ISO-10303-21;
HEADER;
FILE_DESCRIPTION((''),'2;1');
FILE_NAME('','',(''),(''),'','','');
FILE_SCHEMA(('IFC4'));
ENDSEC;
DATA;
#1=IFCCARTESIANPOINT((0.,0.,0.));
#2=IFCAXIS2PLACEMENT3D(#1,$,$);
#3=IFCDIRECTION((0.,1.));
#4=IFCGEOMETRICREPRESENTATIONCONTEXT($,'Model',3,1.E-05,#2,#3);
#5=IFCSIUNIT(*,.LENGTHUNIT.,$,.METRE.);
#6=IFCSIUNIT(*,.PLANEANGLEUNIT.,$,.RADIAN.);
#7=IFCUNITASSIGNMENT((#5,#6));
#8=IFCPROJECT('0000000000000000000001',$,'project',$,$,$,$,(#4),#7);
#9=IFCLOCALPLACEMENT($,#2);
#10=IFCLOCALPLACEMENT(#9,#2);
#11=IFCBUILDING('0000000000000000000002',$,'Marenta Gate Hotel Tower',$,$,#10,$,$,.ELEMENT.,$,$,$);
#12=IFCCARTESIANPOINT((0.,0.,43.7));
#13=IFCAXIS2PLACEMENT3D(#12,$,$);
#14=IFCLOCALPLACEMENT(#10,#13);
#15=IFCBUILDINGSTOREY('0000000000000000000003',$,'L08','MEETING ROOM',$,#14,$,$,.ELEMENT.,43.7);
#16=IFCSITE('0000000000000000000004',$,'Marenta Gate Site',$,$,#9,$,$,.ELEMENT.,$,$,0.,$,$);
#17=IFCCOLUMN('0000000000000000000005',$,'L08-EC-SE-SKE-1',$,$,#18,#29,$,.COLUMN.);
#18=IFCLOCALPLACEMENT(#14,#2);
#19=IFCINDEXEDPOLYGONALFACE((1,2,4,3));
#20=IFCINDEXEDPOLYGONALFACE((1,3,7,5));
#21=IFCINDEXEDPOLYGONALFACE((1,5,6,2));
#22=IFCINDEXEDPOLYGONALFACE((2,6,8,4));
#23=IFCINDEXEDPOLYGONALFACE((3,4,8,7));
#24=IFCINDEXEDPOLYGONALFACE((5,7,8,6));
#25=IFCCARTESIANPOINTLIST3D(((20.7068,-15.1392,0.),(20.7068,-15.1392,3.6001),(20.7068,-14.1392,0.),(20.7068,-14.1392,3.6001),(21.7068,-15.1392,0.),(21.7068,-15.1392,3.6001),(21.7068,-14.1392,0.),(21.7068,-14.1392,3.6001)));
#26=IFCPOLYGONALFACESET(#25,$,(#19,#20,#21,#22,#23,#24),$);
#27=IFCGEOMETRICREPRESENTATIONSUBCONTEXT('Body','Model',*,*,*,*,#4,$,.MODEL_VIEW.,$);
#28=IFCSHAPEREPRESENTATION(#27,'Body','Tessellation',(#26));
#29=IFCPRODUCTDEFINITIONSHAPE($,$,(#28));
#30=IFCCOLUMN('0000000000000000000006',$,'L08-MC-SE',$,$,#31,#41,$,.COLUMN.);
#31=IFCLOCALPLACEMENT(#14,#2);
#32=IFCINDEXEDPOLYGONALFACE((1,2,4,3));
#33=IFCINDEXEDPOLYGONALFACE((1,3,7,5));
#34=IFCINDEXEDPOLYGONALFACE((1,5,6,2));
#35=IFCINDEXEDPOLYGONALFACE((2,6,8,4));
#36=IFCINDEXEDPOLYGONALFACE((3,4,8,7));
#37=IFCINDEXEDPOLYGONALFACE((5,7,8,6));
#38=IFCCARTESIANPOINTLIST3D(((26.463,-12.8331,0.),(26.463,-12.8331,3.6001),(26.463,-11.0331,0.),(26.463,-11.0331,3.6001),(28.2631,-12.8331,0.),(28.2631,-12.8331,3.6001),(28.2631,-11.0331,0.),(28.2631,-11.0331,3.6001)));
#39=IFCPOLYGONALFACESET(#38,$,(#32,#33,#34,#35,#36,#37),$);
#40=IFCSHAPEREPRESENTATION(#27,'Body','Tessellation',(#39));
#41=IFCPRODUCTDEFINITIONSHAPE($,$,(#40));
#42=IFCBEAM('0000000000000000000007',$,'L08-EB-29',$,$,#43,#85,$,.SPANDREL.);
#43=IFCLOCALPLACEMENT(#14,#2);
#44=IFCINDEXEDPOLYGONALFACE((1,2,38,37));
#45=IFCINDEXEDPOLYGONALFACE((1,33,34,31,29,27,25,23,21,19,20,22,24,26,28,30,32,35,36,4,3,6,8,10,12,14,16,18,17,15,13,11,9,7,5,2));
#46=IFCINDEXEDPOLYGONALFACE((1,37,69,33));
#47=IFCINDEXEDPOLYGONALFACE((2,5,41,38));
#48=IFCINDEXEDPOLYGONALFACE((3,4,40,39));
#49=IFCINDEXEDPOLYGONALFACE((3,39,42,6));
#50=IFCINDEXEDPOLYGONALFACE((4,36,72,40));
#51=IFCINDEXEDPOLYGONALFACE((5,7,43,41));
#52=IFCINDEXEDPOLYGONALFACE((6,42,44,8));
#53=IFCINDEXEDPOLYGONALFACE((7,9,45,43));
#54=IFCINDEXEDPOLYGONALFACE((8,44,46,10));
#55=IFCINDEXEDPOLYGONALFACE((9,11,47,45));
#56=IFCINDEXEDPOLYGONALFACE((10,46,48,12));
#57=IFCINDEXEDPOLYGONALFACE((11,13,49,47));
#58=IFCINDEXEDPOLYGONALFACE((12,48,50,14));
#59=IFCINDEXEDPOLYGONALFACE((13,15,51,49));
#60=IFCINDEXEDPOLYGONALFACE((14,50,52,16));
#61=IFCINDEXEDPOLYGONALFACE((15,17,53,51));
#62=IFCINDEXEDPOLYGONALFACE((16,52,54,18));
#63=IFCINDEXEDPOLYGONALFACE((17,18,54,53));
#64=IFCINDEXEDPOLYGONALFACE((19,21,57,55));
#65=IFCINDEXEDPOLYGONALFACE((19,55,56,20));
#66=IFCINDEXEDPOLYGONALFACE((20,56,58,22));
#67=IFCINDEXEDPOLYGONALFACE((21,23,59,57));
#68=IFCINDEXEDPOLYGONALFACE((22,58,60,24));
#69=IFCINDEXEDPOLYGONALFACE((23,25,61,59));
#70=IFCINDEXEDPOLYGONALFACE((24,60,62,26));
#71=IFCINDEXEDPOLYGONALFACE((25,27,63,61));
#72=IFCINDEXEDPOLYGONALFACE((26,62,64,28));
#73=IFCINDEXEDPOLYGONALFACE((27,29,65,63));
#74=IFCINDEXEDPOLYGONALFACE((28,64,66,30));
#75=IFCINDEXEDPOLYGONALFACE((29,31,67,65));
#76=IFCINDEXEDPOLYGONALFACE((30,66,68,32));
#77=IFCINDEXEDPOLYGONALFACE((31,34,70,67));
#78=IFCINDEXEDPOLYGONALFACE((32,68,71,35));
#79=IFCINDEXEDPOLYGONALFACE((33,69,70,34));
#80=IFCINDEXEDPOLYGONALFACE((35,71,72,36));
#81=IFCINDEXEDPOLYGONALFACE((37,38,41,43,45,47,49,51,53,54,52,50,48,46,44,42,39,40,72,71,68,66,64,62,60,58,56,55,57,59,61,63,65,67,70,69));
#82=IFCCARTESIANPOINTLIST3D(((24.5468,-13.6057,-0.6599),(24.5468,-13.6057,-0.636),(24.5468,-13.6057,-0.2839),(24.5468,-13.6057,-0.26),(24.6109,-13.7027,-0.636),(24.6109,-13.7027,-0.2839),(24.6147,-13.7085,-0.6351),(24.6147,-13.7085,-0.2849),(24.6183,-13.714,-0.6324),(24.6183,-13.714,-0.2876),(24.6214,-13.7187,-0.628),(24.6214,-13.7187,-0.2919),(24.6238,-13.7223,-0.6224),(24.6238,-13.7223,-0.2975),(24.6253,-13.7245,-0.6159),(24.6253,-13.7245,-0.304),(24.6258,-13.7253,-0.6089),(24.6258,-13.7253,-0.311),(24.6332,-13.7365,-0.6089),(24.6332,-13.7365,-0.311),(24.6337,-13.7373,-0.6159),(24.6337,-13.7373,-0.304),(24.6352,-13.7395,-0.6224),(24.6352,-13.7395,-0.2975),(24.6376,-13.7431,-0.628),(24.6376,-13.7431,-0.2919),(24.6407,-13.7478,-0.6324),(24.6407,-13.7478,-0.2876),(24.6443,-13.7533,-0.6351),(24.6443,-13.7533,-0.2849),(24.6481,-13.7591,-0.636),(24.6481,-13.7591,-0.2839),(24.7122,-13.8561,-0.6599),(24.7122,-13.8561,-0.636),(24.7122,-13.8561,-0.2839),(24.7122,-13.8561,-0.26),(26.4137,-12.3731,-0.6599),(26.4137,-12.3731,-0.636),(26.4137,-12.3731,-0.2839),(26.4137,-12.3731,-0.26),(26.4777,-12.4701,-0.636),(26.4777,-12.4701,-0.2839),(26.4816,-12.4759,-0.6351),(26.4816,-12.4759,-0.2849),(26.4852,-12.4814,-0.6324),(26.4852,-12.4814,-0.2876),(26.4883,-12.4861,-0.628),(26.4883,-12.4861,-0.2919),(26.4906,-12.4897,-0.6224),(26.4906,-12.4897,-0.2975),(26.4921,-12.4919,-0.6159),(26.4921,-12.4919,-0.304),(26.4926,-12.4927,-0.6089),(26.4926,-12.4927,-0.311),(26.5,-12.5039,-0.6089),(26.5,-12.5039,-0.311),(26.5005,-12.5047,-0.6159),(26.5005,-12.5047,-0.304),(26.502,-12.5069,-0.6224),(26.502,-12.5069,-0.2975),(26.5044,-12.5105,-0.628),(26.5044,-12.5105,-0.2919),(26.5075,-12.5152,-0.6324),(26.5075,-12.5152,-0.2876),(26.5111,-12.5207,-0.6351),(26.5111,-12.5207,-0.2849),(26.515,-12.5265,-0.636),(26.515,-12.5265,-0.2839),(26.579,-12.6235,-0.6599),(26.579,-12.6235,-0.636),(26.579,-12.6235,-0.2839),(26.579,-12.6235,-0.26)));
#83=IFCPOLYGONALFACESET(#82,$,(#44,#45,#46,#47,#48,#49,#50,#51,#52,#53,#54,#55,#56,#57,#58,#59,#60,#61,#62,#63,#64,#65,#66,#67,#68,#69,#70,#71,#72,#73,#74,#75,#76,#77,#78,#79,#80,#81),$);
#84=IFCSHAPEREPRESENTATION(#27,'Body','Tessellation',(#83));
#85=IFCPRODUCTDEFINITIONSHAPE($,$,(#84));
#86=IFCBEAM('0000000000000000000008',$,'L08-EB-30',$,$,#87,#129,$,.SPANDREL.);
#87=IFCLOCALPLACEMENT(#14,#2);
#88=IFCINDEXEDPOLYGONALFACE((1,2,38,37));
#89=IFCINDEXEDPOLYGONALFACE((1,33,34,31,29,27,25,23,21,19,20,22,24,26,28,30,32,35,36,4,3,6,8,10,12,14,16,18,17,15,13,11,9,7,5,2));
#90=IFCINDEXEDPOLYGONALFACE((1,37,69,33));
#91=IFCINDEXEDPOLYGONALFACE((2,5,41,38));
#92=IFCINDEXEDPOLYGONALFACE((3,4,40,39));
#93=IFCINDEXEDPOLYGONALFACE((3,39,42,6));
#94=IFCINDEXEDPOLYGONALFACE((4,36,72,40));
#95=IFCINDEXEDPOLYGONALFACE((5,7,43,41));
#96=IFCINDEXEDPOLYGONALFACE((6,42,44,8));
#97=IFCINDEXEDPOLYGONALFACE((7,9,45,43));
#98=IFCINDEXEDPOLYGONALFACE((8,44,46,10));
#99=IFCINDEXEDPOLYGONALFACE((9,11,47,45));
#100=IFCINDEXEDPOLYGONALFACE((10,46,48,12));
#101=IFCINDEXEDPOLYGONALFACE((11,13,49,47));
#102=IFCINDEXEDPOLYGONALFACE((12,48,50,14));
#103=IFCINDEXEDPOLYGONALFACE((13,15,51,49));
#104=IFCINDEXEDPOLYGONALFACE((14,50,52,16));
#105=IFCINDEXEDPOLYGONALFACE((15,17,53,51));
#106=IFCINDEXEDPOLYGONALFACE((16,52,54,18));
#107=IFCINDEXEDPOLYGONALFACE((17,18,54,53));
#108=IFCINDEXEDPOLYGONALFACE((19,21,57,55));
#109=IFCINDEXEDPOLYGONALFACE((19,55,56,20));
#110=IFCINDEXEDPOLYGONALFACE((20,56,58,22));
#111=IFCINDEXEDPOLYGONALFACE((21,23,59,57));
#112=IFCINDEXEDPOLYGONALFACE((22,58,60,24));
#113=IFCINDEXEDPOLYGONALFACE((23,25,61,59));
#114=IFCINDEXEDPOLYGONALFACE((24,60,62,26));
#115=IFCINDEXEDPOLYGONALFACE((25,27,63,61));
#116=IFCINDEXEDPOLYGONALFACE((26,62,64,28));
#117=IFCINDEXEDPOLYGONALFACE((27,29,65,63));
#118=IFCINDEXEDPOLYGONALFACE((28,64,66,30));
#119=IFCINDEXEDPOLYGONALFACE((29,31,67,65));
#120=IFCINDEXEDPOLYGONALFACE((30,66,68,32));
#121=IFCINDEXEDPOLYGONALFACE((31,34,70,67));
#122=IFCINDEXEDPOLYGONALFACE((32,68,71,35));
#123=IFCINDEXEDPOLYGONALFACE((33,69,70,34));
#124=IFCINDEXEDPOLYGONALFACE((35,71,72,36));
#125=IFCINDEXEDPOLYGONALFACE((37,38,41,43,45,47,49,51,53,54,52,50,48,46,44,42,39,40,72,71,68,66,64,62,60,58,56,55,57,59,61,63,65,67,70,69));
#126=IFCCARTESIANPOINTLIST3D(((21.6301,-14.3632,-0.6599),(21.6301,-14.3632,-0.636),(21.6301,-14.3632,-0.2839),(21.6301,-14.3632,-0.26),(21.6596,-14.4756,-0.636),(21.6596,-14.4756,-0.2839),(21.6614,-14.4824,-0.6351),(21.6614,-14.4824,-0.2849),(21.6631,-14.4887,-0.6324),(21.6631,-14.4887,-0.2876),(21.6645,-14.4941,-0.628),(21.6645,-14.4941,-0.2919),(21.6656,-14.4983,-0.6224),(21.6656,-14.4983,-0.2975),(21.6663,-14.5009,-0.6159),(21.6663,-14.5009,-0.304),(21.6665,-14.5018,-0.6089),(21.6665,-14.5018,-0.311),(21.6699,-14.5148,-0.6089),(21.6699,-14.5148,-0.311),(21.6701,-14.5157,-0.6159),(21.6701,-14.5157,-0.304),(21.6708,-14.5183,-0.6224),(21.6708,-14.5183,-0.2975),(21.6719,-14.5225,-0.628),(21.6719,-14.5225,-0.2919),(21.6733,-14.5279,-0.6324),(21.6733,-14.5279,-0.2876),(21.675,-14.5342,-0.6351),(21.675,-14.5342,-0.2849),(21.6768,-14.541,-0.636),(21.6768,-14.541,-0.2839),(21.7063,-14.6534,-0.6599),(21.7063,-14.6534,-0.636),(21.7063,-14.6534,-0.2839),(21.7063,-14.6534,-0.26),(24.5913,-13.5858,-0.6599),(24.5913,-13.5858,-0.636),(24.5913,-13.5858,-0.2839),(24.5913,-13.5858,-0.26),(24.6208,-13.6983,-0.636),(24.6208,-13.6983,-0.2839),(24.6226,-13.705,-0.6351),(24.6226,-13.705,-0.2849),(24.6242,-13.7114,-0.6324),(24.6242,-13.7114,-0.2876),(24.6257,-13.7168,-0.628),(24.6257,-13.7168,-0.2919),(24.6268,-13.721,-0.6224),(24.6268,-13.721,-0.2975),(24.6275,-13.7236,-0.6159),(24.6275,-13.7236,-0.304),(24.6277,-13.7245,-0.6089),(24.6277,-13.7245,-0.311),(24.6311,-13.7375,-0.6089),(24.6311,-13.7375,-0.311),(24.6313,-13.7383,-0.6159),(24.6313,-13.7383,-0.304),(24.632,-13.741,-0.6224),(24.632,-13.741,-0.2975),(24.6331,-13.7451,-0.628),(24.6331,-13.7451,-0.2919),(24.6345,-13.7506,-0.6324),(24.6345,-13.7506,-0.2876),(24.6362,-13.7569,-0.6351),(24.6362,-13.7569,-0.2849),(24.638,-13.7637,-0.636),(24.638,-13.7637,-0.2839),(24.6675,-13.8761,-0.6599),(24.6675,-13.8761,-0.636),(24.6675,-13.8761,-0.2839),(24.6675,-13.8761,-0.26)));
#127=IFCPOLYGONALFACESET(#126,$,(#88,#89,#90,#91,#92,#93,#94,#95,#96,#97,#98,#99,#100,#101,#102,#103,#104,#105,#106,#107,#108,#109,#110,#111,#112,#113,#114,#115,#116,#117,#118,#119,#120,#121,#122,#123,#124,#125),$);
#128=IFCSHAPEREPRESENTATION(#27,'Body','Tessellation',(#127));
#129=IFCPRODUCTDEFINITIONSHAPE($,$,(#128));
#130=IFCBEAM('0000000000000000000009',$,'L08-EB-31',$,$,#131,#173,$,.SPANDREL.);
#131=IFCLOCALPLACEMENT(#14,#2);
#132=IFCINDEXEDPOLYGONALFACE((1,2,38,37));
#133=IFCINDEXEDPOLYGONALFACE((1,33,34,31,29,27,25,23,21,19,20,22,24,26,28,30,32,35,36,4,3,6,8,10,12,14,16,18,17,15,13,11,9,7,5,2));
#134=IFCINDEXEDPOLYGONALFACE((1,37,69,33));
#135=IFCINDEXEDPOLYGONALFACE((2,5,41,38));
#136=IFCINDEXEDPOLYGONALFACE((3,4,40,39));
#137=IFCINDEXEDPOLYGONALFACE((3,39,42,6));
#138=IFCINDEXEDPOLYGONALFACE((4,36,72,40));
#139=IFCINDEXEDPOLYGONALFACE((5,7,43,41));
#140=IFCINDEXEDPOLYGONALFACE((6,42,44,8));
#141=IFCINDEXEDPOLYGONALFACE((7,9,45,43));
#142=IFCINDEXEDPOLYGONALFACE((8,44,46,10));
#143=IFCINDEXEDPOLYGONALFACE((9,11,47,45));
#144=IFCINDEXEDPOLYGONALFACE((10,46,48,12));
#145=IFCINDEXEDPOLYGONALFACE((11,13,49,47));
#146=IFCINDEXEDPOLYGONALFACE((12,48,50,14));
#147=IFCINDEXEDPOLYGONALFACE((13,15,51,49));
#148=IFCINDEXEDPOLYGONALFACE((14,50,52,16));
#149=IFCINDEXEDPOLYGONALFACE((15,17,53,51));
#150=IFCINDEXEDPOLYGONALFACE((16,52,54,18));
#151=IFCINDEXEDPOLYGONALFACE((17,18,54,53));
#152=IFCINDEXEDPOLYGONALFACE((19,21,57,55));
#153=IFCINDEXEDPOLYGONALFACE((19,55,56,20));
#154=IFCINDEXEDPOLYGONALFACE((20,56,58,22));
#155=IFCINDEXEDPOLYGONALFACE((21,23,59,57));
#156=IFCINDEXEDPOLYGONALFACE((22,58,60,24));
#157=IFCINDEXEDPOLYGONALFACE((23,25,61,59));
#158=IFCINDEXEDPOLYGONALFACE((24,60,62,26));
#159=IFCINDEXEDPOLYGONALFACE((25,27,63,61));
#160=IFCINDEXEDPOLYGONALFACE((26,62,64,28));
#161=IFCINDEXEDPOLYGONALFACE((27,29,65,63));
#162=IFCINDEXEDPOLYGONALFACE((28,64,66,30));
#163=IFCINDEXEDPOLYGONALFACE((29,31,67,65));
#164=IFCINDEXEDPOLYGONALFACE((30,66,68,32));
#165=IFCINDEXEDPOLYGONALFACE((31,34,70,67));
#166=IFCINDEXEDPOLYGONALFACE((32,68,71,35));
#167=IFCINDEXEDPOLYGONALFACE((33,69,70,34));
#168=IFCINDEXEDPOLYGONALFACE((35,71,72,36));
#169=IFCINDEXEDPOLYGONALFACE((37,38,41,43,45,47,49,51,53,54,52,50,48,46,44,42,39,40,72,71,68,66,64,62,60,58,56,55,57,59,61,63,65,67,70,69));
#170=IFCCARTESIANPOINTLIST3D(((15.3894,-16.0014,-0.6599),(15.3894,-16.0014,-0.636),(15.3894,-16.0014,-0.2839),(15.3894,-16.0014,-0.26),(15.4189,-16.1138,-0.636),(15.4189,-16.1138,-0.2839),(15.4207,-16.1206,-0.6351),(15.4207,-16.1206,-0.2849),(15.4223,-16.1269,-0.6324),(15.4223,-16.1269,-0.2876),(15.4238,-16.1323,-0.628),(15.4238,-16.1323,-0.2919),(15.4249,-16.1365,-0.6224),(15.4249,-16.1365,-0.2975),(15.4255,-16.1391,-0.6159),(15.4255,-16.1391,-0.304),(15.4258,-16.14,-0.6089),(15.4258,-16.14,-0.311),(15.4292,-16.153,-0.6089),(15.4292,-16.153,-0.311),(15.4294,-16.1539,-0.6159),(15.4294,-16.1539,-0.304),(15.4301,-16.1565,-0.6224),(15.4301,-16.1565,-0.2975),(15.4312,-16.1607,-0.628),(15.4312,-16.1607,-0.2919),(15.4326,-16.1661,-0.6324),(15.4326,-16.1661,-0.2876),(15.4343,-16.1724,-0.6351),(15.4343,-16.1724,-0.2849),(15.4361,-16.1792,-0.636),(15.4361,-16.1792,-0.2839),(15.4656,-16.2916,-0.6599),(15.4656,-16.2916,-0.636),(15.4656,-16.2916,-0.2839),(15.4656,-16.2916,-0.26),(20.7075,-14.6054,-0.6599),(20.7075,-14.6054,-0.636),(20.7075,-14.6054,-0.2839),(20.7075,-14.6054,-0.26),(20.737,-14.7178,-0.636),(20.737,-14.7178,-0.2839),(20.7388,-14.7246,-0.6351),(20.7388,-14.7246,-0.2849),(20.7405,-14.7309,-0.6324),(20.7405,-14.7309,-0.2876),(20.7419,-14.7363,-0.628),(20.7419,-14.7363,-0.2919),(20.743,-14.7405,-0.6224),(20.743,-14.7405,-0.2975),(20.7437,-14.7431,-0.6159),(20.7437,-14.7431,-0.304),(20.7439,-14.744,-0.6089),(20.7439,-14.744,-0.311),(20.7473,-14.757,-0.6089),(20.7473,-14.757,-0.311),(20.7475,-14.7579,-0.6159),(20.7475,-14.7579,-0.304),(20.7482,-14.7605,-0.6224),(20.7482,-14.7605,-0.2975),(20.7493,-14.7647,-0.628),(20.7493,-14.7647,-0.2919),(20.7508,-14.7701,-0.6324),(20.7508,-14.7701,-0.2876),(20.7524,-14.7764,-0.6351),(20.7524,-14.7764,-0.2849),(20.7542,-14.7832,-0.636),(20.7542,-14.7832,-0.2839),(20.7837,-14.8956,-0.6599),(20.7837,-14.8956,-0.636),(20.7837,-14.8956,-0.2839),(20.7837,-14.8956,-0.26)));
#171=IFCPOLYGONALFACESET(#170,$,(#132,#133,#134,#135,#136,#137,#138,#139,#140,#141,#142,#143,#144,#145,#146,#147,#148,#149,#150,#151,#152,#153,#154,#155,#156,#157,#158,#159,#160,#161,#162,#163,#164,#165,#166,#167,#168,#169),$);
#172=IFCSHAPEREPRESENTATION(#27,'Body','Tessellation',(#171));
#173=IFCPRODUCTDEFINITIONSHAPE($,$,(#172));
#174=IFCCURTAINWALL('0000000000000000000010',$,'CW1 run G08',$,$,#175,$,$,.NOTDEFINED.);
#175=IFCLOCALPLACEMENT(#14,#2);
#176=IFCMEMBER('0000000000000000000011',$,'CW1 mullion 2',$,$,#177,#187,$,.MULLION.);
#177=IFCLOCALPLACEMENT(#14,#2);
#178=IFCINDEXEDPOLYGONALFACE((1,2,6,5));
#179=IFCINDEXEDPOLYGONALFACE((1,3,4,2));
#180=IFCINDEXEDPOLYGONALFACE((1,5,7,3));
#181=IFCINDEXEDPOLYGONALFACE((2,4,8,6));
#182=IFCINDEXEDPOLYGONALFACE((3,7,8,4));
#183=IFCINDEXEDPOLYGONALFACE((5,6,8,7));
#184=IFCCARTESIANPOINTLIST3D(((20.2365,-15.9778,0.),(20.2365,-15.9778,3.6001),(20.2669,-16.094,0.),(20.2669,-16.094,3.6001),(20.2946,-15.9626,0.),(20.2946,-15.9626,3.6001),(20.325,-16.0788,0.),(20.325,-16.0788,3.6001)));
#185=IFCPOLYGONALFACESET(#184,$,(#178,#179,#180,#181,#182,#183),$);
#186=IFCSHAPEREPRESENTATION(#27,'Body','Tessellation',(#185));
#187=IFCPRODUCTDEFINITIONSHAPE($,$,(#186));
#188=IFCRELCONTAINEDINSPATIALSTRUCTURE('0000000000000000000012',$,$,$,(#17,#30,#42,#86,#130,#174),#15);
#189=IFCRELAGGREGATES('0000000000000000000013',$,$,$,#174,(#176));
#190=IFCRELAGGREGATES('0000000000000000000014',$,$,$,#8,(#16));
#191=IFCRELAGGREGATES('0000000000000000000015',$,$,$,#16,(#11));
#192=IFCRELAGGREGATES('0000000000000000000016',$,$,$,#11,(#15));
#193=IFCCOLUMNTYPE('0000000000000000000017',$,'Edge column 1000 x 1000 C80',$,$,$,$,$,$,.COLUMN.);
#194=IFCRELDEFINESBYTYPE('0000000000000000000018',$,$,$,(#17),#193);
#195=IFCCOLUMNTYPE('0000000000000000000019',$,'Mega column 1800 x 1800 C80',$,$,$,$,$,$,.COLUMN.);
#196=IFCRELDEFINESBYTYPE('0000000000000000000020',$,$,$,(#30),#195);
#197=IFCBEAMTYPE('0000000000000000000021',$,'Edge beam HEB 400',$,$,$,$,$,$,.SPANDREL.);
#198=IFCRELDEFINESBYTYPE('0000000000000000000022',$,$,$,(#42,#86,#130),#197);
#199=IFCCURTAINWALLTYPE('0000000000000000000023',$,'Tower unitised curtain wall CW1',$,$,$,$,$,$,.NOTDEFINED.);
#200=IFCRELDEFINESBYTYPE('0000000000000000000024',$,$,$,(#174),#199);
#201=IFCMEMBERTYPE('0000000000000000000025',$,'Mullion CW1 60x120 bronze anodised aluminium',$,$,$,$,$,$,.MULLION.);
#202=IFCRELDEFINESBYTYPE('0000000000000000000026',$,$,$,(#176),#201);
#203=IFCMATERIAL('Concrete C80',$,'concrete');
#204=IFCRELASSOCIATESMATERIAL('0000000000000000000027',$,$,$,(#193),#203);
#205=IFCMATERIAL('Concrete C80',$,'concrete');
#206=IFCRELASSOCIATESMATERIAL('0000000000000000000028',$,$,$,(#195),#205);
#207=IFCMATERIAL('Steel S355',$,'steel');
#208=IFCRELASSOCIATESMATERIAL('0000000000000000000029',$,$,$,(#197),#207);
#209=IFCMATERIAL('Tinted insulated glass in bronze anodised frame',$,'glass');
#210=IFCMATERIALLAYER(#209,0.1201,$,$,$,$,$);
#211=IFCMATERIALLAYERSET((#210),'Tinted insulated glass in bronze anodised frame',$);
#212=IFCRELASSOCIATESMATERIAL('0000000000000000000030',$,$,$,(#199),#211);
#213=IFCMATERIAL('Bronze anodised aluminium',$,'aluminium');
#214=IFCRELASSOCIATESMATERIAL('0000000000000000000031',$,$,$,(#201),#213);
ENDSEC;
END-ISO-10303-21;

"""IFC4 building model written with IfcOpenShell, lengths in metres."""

from ifc_helpers import new_model, si_unit, direction, frame, origin, origin_2d, place, context, subcontext, project, spatial, rectangle, i_section, extrude, material, layer, layer_set, material_profile, profile_set, type_object, element, aggregate, save


model = new_model("IFC4")

# Units and contexts
model_context = context("Model", 3, precision=1e-05, world=origin(), true_north=direction((0.0, 1.0)))
body_context = subcontext(model_context, "Body", "Model", "MODEL_VIEW")
ifc_project = project(units=[si_unit("LENGTHUNIT", "METRE"), si_unit("PLANEANGLEUNIT", "RADIAN")], contexts=[model_context])

# Site, building, storey
site_placement = place(None, origin())
site = spatial("IfcSite", under=ifc_project, at=site_placement, Name="Marenta Gate Site", CompositionType="ELEMENT", RefElevation=0.0)
building_placement = place(site_placement, origin())
building = spatial("IfcBuilding", under=site, at=building_placement, Name="Marenta Gate Hotel Tower", CompositionType="ELEMENT")
storey_placement = place(building_placement, frame((0.0, 0.0, 43.7)))
storey = spatial("IfcBuildingStorey", under=building, at=storey_placement, Name="L08", Description="MEETING ROOM", CompositionType="ELEMENT", Elevation=43.7)

# Columns
ifc_material_1 = material(Name="Concrete C80", Category="concrete")
ifc_material_profile_1 = material_profile(ifc_material_1, rectangle(XDim=1.0, YDim=1.0, at=origin_2d()), Name="1000 x 1000")
ifc_profile_set_1 = profile_set([ifc_material_profile_1], Name="Concrete C80")
column_type_1 = type_object("IfcColumnType", Name="Edge column 1000 x 1000 C80", PredefinedType="COLUMN", material=ifc_profile_set_1)
column_1_placement = place(storey_placement, frame((21.2068, -14.6392, 0.0), z_axis=(0.0, 0.0, 1.0), x_axis=(1.0, 0.0, 0.0)))
element("IfcColumn", 1, at=column_1_placement, inside=storey, type_object=column_type_1, Name="L08-EC-SE-SKE-1", PredefinedType="COLUMN", context=body_context, shape_type="SweptSolid", body=[
    extrude(rectangle(XDim=1.0, YDim=1.0, at=origin_2d()), origin(), (0.0, 0.0, 1.0), 3.6001),
])
ifc_material_2 = material(Name="Concrete C80", Category="concrete")
ifc_material_profile_2 = material_profile(ifc_material_2, rectangle(XDim=1.8, YDim=1.8, at=origin_2d()), Name="1800 x 1800")
ifc_profile_set_2 = profile_set([ifc_material_profile_2], Name="Concrete C80")
column_type_2 = type_object("IfcColumnType", Name="Mega column 1800 x 1800 C80", PredefinedType="COLUMN", material=ifc_profile_set_2)
column_2_placement = place(storey_placement, frame((27.363, -11.9331, 0.0), z_axis=(0.0, 0.0, 1.0), x_axis=(1.0, 0.0, 0.0)))
element("IfcColumn", 2, at=column_2_placement, inside=storey, type_object=column_type_2, Name="L08-MC-SE", PredefinedType="COLUMN", context=body_context, shape_type="SweptSolid", body=[
    extrude(rectangle(XDim=1.8, YDim=1.8, at=origin_2d()), origin(), (0.0, 0.0, 1.0), 3.6001),
])

# Beams
ifc_material_3 = material(Name="Steel S355", Category="steel")
ifc_material_profile_3 = material_profile(ifc_material_3, i_section(OverallWidth=0.3, OverallDepth=0.3999, WebThickness=0.0134, FlangeThickness=0.0239, FilletRadius=0.0271, at=origin_2d()), Name="HEB 400")
ifc_profile_set_3 = profile_set([ifc_material_profile_3], Name="Steel S355")
beam_type = type_object("IfcBeamType", Name="Edge beam HEB 400", PredefinedType="SPANDREL", material=ifc_profile_set_3)
beam_1_placement = place(storey_placement, frame((26.4963, -12.4983, -0.46), z_axis=(-0.83451, -0.550993, 0.0), x_axis=(0.550993, -0.83451, 0.0)))
element("IfcBeam", 3, at=beam_1_placement, inside=storey, type_object=beam_type, Name="L08-EB-29", PredefinedType="SPANDREL", context=body_context, shape_type="SweptSolid", body=[
    extrude(i_section(OverallWidth=0.3, OverallDepth=0.3999, WebThickness=0.0134, FlangeThickness=0.0239, FilletRadius=0.0271, at=origin_2d()), origin(), (0.0, 0.0, 1.0), 2.2371),
])
beam_2_placement = place(storey_placement, frame((24.6294, -13.731, -0.46), z_axis=(-0.967228, -0.253908, 0.0), x_axis=(0.253908, -0.967228, 0.0)))
element("IfcBeam", 4, at=beam_2_placement, inside=storey, type_object=beam_type, Name="L08-EB-30", PredefinedType="SPANDREL", context=body_context, shape_type="SweptSolid", body=[
    extrude(i_section(OverallWidth=0.3, OverallDepth=0.3999, WebThickness=0.0134, FlangeThickness=0.0239, FilletRadius=0.0271, at=origin_2d()), origin(), (0.0, 0.0, 1.0), 3.0615),
])
beam_3_placement = place(storey_placement, frame((20.7456, -14.7505, -0.46), z_axis=(-0.967231, -0.253897, 0.0), x_axis=(0.253897, -0.967231, 0.0)))
element("IfcBeam", 5, at=beam_3_placement, inside=storey, type_object=beam_type, Name="L08-EB-31", PredefinedType="SPANDREL", context=body_context, shape_type="SweptSolid", body=[
    extrude(i_section(OverallWidth=0.3, OverallDepth=0.3999, WebThickness=0.0134, FlangeThickness=0.0239, FilletRadius=0.0271, at=origin_2d()), origin(), (0.0, 0.0, 1.0), 5.4983),
])

# Curtain wall, member
ifc_material_4 = material(Name="Tinted insulated glass in bronze anodised frame", Category="glass")
ifc_layer_1 = layer(ifc_material_4, 0.1201)
ifc_layer_set_1 = layer_set([ifc_layer_1], Name="Tinted insulated glass in bronze anodised frame")
curtain_wall_type = type_object("IfcCurtainWallType", Name="Tower unitised curtain wall CW1", PredefinedType="NOTDEFINED", material=ifc_layer_set_1)
curtain_wall_1_placement = place(storey_placement, origin())
curtain_wall_1 = element("IfcCurtainWall", 6, at=curtain_wall_1_placement, inside=storey, type_object=curtain_wall_type, Name="CW1 run G08", PredefinedType="NOTDEFINED")
ifc_material_5 = material(Name="Bronze anodised aluminium", Category="aluminium")
ifc_material_profile_4 = material_profile(ifc_material_5, rectangle(XDim=0.1201, YDim=0.0601, at=origin_2d()), Name="Mullion CW1 60x120 bronze anodised aluminium")
ifc_profile_set_4 = profile_set([ifc_material_profile_4], Name="Bronze anodised aluminium")
member_type_1 = type_object("IfcMemberType", Name="Mullion CW1 60x120 bronze anodised aluminium", PredefinedType="MULLION", material=ifc_profile_set_4)
member_1_placement = place(storey_placement, frame((20.2808, -16.0283, 0.0), z_axis=(0.0, 0.0, 1.0), x_axis=(-0.253372, 0.967369, 0.0)))
member_1 = element("IfcMember", 7, at=member_1_placement, type_object=member_type_1, Name="CW1 mullion 2", PredefinedType="MULLION", context=body_context, shape_type="SweptSolid", body=[
    extrude(rectangle(XDim=0.1201, YDim=0.0601, at=origin_2d()), origin(), (0.0, 0.0, 1.0), 3.6001),
])

aggregate(curtain_wall_1, [member_1])

save(model, "model.ifc")
